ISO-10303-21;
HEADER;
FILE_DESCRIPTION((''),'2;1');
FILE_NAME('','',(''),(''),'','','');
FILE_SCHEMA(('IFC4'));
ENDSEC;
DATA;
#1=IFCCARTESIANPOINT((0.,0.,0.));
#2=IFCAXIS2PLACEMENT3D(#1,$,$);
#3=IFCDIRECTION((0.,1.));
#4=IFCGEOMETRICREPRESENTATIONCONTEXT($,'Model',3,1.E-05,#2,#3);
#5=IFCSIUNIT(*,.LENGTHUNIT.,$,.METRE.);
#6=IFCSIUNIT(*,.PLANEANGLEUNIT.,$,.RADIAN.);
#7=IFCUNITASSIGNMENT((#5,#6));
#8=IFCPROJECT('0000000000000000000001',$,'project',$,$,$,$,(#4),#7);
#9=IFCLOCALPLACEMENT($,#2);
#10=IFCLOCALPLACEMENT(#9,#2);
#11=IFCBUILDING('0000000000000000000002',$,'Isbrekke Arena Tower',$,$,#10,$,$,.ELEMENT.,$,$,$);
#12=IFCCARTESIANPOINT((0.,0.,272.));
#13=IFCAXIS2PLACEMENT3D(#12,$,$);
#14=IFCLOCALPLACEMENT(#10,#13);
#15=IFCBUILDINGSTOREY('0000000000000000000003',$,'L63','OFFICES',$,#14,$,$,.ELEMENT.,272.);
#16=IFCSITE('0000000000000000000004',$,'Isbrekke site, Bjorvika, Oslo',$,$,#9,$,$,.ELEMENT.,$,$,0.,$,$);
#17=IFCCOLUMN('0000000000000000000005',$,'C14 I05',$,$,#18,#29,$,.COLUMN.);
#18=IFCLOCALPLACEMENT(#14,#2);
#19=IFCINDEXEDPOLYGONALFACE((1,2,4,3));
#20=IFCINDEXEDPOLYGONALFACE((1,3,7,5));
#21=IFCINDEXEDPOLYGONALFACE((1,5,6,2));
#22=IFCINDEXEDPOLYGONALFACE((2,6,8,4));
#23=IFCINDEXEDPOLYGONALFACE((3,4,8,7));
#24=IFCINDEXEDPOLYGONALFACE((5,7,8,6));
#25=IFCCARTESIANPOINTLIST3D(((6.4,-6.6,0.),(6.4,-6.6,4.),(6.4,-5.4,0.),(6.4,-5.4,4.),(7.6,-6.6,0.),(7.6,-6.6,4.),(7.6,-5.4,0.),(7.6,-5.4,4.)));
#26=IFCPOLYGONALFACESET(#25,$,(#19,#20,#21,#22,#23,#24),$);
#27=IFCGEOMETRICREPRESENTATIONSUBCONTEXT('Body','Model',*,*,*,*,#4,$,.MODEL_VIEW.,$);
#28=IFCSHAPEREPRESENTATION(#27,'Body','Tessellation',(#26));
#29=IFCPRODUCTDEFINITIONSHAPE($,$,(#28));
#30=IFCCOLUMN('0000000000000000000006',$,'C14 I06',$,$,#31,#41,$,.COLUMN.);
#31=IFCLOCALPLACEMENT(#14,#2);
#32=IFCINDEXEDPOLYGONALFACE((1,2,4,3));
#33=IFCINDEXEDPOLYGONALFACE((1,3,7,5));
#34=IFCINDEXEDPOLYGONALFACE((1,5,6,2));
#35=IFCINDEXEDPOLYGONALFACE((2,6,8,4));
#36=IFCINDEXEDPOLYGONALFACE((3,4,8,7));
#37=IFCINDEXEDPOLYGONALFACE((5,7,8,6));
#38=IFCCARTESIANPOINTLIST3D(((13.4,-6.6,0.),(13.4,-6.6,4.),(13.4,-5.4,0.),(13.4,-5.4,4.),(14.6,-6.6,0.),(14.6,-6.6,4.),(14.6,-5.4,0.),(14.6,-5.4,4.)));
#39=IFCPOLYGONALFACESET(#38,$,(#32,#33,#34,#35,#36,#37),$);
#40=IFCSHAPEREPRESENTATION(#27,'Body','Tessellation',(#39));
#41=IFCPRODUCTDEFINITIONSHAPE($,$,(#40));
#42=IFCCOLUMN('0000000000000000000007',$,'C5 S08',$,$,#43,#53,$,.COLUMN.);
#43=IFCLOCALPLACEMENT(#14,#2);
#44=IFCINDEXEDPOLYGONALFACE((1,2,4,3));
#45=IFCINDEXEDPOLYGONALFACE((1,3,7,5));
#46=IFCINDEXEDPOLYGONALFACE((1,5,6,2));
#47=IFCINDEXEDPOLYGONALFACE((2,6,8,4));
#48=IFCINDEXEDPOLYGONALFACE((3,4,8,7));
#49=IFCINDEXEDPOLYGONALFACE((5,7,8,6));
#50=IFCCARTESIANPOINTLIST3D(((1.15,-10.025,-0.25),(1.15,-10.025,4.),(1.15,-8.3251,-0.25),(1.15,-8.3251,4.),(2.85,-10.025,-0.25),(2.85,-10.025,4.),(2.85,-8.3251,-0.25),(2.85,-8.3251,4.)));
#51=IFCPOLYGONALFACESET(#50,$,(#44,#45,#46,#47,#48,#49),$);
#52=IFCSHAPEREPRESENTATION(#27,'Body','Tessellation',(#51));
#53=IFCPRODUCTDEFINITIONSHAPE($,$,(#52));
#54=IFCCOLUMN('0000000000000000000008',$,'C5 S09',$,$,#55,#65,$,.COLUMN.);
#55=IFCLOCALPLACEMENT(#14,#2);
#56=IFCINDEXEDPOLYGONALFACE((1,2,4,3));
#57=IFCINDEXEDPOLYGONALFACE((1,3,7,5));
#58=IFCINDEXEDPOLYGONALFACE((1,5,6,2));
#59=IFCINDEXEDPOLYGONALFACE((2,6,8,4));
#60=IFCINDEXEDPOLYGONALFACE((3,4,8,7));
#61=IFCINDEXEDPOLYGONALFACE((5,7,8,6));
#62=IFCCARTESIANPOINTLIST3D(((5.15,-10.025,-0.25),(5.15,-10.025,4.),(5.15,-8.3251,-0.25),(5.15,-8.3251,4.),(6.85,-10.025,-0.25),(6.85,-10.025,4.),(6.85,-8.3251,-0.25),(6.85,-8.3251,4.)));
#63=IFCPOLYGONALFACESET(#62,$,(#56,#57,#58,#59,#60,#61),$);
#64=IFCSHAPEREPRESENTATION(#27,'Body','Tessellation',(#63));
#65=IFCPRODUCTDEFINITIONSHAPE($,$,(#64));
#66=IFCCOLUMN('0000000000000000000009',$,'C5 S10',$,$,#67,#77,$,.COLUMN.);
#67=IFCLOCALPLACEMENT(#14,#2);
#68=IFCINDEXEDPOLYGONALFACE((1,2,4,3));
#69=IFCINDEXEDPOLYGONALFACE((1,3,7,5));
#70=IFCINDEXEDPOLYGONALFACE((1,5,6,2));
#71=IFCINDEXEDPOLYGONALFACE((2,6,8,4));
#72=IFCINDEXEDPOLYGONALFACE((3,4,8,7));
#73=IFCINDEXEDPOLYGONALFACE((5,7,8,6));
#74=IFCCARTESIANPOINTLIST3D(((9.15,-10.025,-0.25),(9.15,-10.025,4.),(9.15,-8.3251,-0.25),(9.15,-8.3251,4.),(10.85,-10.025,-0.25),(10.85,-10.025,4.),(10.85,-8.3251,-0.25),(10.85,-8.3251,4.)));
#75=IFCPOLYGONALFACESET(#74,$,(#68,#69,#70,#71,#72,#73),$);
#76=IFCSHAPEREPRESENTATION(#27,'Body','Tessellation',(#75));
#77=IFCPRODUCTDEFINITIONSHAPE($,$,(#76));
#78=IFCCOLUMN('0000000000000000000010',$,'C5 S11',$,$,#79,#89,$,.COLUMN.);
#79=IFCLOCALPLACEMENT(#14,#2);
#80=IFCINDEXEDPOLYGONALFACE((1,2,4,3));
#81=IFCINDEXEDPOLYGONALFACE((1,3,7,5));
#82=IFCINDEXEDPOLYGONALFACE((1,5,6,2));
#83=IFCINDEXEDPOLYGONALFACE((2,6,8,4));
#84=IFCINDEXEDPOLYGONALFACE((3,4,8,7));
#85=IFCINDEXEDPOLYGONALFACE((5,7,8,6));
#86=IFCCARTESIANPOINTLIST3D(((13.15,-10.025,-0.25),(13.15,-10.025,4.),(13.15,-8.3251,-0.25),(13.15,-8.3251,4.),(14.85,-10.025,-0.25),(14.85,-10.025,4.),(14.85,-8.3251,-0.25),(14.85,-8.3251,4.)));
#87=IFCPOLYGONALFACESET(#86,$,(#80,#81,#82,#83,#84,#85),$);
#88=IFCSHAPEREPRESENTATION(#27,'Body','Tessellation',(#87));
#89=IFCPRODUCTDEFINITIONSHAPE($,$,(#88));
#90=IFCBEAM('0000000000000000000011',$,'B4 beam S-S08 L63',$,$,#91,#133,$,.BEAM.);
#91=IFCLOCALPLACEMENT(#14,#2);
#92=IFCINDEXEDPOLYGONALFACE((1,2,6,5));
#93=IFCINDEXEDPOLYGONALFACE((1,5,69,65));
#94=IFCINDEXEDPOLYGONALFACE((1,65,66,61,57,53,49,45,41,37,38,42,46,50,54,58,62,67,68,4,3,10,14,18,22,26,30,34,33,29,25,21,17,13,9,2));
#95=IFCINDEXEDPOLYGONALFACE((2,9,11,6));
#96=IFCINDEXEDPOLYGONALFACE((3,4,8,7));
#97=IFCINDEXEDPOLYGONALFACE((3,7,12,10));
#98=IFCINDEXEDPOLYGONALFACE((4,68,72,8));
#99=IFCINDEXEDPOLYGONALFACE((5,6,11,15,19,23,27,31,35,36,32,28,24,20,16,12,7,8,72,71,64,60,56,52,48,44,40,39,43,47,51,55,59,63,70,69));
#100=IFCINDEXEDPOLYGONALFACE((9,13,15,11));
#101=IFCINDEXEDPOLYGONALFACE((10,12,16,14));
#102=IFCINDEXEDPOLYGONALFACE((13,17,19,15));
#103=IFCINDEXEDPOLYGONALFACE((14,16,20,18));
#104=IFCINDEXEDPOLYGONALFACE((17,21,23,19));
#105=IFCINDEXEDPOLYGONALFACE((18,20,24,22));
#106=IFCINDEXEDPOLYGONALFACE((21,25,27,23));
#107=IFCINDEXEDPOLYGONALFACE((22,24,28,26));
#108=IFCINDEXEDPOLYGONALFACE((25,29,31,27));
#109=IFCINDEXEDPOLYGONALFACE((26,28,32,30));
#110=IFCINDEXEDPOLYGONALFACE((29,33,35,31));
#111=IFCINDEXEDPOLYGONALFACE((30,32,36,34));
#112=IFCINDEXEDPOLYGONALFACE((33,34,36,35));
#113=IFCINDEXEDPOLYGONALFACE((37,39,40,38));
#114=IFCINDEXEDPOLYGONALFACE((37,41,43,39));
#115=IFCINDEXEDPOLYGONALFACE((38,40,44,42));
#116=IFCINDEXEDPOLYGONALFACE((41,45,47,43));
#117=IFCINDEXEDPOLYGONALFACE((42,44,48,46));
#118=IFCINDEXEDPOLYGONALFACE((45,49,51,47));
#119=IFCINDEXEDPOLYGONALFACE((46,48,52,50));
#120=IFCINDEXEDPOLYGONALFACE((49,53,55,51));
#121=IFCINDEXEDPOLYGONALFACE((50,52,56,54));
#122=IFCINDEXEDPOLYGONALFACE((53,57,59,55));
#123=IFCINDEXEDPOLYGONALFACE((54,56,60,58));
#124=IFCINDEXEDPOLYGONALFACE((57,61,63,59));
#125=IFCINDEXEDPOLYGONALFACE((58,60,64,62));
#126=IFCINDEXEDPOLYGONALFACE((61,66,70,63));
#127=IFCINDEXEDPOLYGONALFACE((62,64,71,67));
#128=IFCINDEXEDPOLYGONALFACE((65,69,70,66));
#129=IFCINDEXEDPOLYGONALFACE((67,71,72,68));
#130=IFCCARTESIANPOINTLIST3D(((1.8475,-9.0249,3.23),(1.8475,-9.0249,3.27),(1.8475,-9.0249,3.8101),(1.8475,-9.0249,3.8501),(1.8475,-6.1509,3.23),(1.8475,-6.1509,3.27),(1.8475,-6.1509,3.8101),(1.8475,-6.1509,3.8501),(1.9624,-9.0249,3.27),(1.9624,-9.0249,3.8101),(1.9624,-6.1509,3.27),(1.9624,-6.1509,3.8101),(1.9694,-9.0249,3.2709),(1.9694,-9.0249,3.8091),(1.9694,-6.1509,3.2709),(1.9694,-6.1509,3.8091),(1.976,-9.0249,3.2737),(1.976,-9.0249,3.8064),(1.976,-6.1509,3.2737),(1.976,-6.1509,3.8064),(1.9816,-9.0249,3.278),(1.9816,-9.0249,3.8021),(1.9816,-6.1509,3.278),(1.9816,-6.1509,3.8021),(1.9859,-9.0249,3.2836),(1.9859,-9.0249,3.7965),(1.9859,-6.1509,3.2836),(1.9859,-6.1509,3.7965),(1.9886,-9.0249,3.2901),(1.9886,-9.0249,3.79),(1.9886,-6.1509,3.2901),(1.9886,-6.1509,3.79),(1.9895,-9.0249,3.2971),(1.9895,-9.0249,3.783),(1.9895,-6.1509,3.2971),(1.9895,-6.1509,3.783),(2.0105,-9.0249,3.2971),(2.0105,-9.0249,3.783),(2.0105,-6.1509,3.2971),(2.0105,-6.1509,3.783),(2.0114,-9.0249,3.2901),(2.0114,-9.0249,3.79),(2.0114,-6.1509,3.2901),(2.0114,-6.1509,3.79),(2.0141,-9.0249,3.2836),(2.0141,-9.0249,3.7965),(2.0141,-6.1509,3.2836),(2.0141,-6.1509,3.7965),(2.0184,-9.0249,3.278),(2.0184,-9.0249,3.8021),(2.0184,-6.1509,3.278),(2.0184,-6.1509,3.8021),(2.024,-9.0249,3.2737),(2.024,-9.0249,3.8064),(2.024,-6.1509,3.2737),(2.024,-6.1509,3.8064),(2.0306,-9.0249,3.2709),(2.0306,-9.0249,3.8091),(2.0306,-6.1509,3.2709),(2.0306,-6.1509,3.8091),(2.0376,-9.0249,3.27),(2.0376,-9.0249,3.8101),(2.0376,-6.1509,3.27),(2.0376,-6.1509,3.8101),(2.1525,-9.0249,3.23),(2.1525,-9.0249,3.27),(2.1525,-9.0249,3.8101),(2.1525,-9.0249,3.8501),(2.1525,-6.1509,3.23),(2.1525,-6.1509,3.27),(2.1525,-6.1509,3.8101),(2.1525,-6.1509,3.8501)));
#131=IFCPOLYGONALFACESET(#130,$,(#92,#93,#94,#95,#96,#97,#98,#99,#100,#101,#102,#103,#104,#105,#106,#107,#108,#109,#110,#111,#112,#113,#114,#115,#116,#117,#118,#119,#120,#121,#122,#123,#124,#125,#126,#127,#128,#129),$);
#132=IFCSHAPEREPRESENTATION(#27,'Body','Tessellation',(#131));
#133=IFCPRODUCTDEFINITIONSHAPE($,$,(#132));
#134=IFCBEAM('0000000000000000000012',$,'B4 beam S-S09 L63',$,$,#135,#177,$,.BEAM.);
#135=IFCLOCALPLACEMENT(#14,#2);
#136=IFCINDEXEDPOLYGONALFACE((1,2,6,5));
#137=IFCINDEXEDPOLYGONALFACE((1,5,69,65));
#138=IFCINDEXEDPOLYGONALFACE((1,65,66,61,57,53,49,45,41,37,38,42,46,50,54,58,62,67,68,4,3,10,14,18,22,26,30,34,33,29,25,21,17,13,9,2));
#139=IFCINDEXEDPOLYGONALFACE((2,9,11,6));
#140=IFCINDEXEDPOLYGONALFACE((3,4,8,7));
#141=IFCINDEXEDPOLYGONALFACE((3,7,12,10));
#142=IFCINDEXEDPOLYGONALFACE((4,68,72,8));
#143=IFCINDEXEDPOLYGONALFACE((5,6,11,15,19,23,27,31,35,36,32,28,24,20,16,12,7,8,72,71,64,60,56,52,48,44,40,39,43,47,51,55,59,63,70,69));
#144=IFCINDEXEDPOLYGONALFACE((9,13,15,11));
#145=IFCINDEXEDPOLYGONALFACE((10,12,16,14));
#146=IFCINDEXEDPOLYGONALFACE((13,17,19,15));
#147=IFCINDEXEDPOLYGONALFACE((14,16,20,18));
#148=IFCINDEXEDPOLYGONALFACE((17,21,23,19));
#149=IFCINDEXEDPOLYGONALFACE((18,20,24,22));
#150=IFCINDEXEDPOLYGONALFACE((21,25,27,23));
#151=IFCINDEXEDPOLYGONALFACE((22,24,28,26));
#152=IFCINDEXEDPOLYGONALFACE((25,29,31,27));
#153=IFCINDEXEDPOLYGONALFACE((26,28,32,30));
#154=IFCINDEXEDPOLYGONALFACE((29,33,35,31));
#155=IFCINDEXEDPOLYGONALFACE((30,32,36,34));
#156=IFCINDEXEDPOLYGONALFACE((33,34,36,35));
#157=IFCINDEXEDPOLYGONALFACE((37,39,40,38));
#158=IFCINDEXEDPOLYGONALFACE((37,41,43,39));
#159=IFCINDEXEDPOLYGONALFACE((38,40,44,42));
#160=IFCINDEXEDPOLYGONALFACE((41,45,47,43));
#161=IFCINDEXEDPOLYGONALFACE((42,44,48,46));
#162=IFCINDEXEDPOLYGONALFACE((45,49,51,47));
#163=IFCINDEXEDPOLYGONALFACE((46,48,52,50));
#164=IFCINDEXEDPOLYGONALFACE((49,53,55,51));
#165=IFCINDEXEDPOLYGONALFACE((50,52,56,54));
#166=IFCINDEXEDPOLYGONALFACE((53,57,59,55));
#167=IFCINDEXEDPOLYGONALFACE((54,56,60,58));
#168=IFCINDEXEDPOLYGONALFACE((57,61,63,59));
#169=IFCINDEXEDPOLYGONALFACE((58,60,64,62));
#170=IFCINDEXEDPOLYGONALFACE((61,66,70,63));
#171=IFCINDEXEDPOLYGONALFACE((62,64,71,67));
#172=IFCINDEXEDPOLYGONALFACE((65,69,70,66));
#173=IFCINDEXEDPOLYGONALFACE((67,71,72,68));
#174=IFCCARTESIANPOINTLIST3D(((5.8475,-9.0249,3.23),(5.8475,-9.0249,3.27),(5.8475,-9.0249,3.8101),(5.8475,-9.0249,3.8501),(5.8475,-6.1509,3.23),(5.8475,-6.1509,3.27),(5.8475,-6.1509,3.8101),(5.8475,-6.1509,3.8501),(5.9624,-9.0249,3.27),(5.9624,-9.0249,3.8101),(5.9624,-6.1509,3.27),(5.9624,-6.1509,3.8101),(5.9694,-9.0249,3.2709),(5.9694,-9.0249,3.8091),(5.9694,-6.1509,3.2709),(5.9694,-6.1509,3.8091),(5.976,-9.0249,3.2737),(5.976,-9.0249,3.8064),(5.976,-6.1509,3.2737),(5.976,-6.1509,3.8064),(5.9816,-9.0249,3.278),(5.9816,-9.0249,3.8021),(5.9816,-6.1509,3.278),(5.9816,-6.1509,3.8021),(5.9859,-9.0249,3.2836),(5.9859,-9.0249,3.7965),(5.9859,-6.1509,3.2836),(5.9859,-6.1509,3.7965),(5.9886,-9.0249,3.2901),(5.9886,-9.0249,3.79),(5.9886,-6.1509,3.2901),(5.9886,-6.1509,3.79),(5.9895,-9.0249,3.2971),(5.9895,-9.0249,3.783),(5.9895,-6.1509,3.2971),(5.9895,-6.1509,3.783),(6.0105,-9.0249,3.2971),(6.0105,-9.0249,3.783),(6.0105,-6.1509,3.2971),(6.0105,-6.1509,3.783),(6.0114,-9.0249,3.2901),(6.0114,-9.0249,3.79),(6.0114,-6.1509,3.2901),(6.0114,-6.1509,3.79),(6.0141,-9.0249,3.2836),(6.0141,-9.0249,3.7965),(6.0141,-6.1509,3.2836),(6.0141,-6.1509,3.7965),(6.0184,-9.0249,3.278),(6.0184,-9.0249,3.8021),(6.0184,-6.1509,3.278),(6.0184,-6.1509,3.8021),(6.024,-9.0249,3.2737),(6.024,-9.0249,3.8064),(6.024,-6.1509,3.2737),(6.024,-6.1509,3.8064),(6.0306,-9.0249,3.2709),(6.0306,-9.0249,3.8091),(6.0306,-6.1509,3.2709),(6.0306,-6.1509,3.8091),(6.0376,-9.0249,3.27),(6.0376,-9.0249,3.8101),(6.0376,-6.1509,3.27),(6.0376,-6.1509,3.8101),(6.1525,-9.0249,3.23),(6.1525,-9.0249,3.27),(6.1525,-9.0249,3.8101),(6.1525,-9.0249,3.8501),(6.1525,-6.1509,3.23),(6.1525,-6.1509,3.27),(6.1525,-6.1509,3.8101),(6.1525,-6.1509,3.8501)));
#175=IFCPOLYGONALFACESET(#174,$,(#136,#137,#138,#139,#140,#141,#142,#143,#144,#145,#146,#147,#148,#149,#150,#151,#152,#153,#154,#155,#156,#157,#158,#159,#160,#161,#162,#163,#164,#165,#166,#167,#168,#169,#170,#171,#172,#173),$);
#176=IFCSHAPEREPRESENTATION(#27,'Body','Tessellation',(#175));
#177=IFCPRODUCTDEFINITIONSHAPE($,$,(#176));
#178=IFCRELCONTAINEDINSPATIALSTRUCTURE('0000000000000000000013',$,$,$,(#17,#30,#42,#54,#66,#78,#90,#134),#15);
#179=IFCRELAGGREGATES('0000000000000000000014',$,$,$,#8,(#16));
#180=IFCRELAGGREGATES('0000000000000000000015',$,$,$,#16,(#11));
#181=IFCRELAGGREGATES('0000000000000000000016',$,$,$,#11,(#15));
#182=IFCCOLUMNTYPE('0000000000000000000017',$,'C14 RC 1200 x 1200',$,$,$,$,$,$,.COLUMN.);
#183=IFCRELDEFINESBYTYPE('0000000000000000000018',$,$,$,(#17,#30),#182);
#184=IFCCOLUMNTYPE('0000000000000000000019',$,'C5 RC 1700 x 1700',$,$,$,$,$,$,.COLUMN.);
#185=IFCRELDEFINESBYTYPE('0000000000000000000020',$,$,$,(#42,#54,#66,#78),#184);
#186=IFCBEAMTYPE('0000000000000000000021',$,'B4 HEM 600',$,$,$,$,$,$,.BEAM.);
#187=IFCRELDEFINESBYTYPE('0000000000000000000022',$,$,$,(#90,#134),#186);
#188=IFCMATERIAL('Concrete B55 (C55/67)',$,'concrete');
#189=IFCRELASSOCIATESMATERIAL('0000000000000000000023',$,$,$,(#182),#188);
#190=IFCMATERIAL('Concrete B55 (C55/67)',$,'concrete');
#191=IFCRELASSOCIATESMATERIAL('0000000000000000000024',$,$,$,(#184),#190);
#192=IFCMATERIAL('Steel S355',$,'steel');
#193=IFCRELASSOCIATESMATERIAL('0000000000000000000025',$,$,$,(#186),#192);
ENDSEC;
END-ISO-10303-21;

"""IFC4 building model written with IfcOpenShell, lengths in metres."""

from ifc_helpers import new_model, si_unit, direction, frame, origin, origin_2d, place, context, subcontext, project, spatial, rectangle, i_section, extrude, material, material_profile, profile_set, type_object, element, save


model = new_model("IFC4")

# Units and contexts
model_context = context("Model", 3, precision=1e-05, world=origin(), true_north=direction((0.0, 1.0)))
body_context = subcontext(model_context, "Body", "Model", "MODEL_VIEW")
ifc_project = project(units=[si_unit("LENGTHUNIT", "METRE"), si_unit("PLANEANGLEUNIT", "RADIAN")], contexts=[model_context])

# Site, building, storey
site_placement = place(None, origin())
site = spatial("IfcSite", under=ifc_project, at=site_placement, Name="Isbrekke site, Bjorvika, Oslo", CompositionType="ELEMENT", RefElevation=0.0)
building_placement = place(site_placement, origin())
building = spatial("IfcBuilding", under=site, at=building_placement, Name="Isbrekke Arena Tower", CompositionType="ELEMENT")
storey_placement = place(building_placement, frame((0.0, 0.0, 272.0)))
storey = spatial("IfcBuildingStorey", under=building, at=storey_placement, Name="L63", Description="OFFICES", CompositionType="ELEMENT", Elevation=272.0)

# Columns
ifc_material_1 = material(Name="Concrete B55 (C55/67)", Category="concrete")
ifc_material_profile_1 = material_profile(ifc_material_1, rectangle(XDim=1.2, YDim=1.2, at=origin_2d()), Name="RC 1200x1200")
ifc_profile_set_1 = profile_set([ifc_material_profile_1], Name="Concrete B55 (C55/67)")
column_type_1 = type_object("IfcColumnType", Name="C14 RC 1200 x 1200", PredefinedType="COLUMN", material=ifc_profile_set_1)
for number, where, z_axis, x_axis, name in (
    (1, (7.0, -6.0, 0.0), (0.0, 0.0, 1.0), (1.0, 0.0, 0.0), "C14 I05"),
    (2, (14.0, -6.0, 0.0), (0.0, 0.0, 1.0), (1.0, 0.0, 0.0), "C14 I06"),
):
    element("IfcColumn", number, at=place(storey_placement, frame(where, z_axis=z_axis, x_axis=x_axis)), inside=storey, type_object=column_type_1, Name=name, PredefinedType="COLUMN", context=body_context, shape_type="SweptSolid", body=[
        extrude(rectangle(XDim=1.2, YDim=1.2, at=origin_2d()), origin(), (0.0, 0.0, 1.0), 4.0),
    ])
ifc_material_2 = material(Name="Concrete B55 (C55/67)", Category="concrete")
ifc_material_profile_2 = material_profile(ifc_material_2, rectangle(XDim=1.7, YDim=1.7, at=origin_2d()), Name="RC 1700x1700")
ifc_profile_set_2 = profile_set([ifc_material_profile_2], Name="Concrete B55 (C55/67)")
column_type_2 = type_object("IfcColumnType", Name="C5 RC 1700 x 1700", PredefinedType="COLUMN", material=ifc_profile_set_2)
for number, where, z_axis, x_axis, name in (
    (3, (2.0, -9.175, -0.25), (0.0, 0.0, 1.0), (1.0, 0.0, 0.0), "C5 S08"),
    (4, (6.0, -9.175, -0.25), (0.0, 0.0, 1.0), (1.0, 0.0, 0.0), "C5 S09"),
    (5, (10.0, -9.175, -0.25), (0.0, 0.0, 1.0), (1.0, 0.0, 0.0), "C5 S10"),
    (6, (14.0, -9.175, -0.25), (0.0, 0.0, 1.0), (1.0, 0.0, 0.0), "C5 S11"),
):
    element("IfcColumn", number, at=place(storey_placement, frame(where, z_axis=z_axis, x_axis=x_axis)), inside=storey, type_object=column_type_2, Name=name, PredefinedType="COLUMN", context=body_context, shape_type="SweptSolid", body=[
        extrude(rectangle(XDim=1.7, YDim=1.7, at=origin_2d()), origin(), (0.0, 0.0, 1.0), 4.25),
    ])

# Beams
ifc_material_3 = material(Name="Steel S355", Category="steel")
ifc_material_profile_3 = material_profile(ifc_material_3, i_section(OverallWidth=0.3049, OverallDepth=0.6201, WebThickness=0.021, FlangeThickness=0.04, FilletRadius=0.0271, at=origin_2d()), Name="HEM 600")
ifc_profile_set_3 = profile_set([ifc_material_profile_3], Name="Steel S355")
beam_type_1 = type_object("IfcBeamType", Name="B4 HEM 600", PredefinedType="BEAM", material=ifc_profile_set_3)
for number, where, z_axis, x_axis, name in (
    (7, (2.0, -9.0249, 3.54), (0.0, 1.0, 0.0), (-1.0, 0.0, 0.0), "B4 beam S-S08 L63"),
    (8, (6.0, -9.0249, 3.54), (0.0, 1.0, 0.0), (-1.0, 0.0, 0.0), "B4 beam S-S09 L63"),
):
    element("IfcBeam", number, at=place(storey_placement, frame(where, z_axis=z_axis, x_axis=x_axis)), inside=storey, type_object=beam_type_1, Name=name, PredefinedType="BEAM", context=body_context, shape_type="SweptSolid", body=[
        extrude(i_section(OverallWidth=0.3049, OverallDepth=0.6201, WebThickness=0.021, FlangeThickness=0.04, FilletRadius=0.0271, at=origin_2d()), origin(), (0.0, 0.0, 1.0), 2.874),
    ])

save(model, "model.ifc")
